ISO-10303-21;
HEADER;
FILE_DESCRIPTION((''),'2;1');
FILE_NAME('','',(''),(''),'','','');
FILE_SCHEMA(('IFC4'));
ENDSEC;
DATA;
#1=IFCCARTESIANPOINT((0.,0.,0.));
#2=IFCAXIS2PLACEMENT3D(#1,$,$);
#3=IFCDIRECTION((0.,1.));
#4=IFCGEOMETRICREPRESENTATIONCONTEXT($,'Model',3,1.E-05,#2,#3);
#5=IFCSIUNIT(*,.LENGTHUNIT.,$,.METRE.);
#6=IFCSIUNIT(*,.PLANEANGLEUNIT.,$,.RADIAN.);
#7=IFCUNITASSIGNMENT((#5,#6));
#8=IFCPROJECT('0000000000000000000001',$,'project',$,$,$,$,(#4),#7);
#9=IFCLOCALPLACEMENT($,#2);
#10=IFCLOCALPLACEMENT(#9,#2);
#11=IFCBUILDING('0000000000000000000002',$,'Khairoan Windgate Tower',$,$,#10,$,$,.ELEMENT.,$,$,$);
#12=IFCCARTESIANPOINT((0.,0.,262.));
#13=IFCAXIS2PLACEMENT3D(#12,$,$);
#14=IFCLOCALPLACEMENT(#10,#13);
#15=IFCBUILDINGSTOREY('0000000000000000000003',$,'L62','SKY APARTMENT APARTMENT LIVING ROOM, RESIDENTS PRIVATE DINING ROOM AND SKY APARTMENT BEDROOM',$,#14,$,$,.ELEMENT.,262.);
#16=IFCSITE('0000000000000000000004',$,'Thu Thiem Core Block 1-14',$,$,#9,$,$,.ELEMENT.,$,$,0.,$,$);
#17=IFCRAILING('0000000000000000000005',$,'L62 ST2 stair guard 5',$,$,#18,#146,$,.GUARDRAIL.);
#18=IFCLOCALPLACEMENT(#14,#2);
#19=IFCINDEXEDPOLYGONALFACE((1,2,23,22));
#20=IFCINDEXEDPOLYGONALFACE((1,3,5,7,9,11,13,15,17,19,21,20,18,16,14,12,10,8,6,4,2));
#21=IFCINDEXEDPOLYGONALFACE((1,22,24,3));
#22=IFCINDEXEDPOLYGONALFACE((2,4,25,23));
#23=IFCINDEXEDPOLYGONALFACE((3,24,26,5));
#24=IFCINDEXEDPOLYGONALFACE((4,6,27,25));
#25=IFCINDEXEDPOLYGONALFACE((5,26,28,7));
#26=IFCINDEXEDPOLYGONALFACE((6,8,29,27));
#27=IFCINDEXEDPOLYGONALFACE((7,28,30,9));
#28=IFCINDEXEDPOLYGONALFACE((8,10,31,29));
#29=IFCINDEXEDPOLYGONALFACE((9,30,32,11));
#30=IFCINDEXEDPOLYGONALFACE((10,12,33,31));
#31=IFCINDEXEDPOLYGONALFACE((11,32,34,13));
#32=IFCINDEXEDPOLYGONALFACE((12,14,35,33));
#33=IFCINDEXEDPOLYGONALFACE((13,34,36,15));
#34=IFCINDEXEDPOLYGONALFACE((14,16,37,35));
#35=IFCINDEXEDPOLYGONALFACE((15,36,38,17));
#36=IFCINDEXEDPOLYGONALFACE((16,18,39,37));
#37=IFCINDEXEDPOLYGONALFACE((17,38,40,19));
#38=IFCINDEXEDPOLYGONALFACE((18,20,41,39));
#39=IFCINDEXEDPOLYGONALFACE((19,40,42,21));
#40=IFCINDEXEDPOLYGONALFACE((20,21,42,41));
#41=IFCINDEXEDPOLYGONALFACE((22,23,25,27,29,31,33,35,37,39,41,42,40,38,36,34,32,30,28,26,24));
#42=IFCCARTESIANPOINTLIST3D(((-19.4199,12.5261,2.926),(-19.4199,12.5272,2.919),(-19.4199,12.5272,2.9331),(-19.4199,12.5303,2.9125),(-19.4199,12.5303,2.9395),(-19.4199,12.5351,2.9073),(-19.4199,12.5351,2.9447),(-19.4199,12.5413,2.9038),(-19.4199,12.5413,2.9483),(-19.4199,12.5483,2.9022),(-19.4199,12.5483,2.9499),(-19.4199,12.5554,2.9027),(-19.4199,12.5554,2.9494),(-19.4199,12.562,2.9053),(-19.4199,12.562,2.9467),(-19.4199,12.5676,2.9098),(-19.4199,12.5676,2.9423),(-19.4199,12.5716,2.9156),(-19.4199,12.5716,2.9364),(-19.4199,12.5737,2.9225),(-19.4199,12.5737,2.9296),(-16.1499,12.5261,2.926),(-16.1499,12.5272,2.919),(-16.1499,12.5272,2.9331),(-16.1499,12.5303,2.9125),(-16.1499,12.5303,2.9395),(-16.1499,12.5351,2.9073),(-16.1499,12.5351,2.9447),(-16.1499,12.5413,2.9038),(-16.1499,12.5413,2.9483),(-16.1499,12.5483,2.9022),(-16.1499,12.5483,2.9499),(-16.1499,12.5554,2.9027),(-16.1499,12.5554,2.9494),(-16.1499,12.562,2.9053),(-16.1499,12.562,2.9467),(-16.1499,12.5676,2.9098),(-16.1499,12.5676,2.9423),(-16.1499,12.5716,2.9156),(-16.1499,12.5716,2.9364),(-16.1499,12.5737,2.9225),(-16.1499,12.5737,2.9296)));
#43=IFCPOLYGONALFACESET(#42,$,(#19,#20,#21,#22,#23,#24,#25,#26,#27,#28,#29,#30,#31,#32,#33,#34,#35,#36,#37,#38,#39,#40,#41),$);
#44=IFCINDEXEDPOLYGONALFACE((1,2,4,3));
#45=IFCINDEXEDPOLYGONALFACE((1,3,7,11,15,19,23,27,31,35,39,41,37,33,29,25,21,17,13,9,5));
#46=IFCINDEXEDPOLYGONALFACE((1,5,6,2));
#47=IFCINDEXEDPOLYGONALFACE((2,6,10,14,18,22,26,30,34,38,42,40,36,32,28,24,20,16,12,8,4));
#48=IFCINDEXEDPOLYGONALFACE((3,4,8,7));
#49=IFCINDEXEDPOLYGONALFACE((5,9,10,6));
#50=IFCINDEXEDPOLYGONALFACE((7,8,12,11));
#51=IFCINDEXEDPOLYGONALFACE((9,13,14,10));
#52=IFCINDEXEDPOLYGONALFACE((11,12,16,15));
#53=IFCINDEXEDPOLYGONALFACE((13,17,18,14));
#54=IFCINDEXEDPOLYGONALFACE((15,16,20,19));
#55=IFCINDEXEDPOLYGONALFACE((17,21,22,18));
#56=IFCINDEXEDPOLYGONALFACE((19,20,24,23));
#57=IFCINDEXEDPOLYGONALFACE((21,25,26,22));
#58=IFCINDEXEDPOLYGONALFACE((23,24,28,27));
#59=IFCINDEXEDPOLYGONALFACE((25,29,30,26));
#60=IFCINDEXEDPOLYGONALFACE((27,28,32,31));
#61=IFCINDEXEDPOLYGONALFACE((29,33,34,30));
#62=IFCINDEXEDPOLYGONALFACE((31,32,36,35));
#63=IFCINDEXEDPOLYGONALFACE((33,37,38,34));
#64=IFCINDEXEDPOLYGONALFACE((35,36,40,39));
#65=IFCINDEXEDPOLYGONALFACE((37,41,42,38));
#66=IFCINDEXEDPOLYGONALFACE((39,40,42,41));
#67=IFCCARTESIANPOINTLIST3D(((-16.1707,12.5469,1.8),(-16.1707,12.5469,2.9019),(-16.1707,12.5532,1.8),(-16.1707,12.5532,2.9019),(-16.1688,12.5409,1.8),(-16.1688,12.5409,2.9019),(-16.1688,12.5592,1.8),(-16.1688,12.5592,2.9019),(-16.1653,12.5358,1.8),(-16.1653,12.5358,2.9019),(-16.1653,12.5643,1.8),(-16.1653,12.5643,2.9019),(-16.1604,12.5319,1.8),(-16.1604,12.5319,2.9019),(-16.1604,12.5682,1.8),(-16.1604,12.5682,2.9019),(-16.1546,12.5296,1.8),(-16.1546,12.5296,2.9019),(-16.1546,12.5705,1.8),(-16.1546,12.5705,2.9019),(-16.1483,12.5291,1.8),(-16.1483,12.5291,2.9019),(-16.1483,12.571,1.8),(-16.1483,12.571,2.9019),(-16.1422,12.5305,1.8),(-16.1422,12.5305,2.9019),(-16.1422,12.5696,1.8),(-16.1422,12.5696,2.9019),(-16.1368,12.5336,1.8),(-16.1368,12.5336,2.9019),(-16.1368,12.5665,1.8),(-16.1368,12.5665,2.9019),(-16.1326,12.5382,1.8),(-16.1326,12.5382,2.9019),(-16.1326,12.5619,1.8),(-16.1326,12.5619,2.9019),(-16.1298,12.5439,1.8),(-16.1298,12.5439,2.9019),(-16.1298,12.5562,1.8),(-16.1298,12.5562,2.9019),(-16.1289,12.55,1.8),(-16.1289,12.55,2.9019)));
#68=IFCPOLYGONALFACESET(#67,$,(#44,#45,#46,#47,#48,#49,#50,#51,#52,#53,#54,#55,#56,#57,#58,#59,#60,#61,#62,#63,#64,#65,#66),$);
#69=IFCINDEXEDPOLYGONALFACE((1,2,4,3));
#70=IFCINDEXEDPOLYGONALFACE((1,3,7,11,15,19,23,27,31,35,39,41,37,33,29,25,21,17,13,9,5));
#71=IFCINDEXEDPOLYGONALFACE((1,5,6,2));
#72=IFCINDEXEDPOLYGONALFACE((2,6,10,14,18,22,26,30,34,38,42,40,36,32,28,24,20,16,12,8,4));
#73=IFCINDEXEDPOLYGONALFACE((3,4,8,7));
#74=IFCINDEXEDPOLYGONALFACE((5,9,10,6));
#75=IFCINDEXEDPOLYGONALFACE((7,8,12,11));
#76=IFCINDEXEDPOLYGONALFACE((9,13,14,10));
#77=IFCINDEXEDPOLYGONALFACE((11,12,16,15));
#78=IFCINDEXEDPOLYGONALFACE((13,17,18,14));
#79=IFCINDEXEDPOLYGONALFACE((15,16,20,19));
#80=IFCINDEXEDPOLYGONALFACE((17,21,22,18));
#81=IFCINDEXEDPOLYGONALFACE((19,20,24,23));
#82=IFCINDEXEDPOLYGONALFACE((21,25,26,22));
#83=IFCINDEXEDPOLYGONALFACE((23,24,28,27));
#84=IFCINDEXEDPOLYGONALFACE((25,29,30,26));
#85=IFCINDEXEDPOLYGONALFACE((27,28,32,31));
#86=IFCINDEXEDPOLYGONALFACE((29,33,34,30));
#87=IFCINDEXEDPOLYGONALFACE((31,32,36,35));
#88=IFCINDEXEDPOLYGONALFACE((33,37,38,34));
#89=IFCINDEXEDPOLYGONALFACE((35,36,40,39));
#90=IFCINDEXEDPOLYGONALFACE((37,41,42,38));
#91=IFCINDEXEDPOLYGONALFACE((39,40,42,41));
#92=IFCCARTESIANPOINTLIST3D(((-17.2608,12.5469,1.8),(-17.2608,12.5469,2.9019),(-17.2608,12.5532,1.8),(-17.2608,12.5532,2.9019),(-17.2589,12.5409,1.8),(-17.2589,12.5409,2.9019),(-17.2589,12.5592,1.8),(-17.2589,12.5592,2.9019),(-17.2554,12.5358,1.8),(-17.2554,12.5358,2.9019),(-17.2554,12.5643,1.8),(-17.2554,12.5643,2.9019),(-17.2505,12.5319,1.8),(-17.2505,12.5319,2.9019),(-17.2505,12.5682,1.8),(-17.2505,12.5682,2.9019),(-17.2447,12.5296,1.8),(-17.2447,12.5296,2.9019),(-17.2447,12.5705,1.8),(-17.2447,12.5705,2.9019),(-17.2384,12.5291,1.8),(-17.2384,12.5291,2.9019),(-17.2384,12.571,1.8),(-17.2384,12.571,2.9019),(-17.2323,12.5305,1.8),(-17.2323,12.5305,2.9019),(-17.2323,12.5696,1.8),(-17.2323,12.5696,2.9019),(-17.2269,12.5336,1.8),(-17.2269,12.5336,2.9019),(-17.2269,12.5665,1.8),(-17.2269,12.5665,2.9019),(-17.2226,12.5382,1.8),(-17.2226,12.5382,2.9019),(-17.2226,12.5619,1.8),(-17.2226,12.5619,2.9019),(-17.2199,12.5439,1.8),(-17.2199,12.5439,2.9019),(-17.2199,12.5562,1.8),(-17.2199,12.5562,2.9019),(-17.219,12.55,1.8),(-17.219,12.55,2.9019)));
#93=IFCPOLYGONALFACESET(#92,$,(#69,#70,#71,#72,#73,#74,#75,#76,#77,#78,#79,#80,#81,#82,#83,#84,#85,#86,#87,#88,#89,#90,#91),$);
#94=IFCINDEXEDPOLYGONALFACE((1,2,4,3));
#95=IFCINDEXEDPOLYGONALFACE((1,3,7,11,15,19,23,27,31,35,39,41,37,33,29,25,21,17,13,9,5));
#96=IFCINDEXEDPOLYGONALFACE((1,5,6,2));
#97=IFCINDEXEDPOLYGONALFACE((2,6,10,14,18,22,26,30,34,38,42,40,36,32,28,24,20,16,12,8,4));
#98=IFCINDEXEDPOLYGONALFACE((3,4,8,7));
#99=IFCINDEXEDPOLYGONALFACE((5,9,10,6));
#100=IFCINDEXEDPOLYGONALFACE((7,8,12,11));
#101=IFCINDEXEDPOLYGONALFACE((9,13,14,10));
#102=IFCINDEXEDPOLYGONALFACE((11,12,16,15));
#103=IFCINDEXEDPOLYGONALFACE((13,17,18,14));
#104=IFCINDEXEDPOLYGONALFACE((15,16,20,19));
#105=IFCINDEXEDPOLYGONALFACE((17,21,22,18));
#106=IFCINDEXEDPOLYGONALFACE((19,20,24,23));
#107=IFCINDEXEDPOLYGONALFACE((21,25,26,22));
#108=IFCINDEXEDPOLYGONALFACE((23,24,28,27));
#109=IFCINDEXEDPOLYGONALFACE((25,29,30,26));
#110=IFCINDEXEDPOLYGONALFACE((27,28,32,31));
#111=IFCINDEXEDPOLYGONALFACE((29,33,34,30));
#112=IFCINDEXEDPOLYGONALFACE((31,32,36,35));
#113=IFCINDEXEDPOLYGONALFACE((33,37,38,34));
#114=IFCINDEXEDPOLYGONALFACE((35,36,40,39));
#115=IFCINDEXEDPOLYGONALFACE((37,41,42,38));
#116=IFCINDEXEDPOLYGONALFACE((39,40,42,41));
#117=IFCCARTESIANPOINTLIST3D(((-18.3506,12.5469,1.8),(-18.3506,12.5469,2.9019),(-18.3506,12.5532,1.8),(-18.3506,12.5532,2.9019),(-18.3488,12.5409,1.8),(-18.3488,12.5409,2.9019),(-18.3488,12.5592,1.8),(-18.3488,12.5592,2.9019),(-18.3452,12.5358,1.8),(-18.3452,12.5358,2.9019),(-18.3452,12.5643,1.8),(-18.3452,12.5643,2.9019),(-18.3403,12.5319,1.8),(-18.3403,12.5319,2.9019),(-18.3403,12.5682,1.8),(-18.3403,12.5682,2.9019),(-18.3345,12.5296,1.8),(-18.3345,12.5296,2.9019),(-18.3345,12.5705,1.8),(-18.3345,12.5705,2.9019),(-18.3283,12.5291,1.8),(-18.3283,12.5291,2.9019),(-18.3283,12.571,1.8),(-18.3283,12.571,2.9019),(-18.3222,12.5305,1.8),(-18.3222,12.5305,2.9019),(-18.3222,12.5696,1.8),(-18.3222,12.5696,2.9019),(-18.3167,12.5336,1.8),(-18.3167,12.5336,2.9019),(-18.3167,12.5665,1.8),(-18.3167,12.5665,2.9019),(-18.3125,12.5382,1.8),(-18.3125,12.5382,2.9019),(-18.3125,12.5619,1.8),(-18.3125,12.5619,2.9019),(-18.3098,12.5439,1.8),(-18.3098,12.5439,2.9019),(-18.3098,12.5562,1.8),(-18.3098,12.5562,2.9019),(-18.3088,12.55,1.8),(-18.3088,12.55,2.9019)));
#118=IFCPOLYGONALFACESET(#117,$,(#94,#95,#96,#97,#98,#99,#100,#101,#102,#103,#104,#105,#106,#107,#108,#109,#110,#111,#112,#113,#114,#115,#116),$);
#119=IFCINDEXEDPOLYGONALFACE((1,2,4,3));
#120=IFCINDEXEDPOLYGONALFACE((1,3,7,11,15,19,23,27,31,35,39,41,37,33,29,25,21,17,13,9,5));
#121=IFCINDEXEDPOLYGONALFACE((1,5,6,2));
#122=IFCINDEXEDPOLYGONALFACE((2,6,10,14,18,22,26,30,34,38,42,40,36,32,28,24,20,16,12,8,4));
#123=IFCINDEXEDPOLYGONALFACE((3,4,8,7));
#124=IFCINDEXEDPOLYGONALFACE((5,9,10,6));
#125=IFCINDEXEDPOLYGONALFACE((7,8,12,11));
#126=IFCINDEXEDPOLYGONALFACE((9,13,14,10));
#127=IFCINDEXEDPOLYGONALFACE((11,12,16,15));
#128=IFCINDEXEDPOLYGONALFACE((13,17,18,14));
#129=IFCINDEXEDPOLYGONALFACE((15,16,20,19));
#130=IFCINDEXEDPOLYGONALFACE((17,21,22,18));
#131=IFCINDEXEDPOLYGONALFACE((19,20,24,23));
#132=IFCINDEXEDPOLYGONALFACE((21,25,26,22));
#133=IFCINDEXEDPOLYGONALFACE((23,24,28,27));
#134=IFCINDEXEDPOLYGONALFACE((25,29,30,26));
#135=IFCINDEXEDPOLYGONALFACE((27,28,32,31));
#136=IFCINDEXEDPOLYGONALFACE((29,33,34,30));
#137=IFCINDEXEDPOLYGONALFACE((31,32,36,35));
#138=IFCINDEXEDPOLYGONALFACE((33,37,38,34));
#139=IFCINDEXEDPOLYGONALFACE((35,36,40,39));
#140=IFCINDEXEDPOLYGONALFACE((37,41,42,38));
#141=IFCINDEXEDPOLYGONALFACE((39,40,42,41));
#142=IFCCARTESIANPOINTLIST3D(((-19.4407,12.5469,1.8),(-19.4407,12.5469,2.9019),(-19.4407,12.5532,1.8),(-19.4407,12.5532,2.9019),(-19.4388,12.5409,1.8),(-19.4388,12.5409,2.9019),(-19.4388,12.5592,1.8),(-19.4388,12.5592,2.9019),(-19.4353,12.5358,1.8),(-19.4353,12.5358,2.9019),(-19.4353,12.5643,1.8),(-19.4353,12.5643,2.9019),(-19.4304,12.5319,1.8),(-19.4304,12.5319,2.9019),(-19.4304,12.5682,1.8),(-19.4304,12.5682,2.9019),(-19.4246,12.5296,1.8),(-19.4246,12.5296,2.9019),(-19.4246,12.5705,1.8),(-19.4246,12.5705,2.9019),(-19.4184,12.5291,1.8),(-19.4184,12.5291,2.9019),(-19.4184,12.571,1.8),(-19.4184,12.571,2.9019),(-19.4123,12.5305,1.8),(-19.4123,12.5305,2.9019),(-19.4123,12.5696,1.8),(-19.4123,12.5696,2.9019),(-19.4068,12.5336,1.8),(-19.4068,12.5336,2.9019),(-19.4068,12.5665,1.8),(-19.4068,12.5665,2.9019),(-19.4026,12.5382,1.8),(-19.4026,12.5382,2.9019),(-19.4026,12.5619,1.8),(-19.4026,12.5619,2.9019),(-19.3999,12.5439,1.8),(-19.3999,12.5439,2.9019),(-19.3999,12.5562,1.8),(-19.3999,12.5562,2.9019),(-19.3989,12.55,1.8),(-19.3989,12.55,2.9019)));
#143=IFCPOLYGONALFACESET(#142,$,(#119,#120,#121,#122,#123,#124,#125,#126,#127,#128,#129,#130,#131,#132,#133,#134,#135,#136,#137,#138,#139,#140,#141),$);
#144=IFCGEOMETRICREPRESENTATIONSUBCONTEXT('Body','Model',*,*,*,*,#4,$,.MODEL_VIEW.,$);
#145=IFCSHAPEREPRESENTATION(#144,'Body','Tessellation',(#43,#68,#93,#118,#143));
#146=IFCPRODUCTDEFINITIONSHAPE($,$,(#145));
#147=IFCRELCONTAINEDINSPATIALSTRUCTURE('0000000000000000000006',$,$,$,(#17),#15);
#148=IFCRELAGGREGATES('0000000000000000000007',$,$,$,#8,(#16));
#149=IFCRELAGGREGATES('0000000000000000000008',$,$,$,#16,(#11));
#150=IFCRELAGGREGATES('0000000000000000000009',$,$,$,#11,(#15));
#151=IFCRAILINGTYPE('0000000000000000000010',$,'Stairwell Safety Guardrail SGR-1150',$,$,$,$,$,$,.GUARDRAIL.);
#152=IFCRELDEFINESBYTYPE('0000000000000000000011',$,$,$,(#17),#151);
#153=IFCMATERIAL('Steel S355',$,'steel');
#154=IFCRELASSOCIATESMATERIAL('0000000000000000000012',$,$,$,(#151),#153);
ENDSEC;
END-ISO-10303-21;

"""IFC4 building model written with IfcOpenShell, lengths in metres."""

from ifc_helpers import new_model, si_unit, direction, frame, origin, origin_2d, place, context, subcontext, project, spatial, circle, extrude, material, type_object, element, save


model = new_model("IFC4")

# Units and contexts
model_context = context("Model", 3, precision=1e-05, world=origin(), true_north=direction((0.0, 1.0)))
body_context = subcontext(model_context, "Body", "Model", "MODEL_VIEW")
ifc_project = project(units=[si_unit("LENGTHUNIT", "METRE"), si_unit("PLANEANGLEUNIT", "RADIAN")], contexts=[model_context])

# Site, building, storey
site_placement = place(None, origin())
site = spatial("IfcSite", under=ifc_project, at=site_placement, Name="Thu Thiem Core Block 1-14", CompositionType="ELEMENT", RefElevation=0.0)
building_placement = place(site_placement, origin())
building = spatial("IfcBuilding", under=site, at=building_placement, Name="Khairoan Windgate Tower", CompositionType="ELEMENT")
storey_placement = place(building_placement, frame((0.0, 0.0, 262.0)))
storey = spatial("IfcBuildingStorey", under=building, at=storey_placement, Name="L62", Description="SKY APARTMENT APARTMENT LIVING ROOM, RESIDENTS PRIVATE DINING ROOM AND SKY APARTMENT BEDROOM", CompositionType="ELEMENT", Elevation=262.0)

# Railing
ifc_material_1 = material(Name="Steel S355", Category="steel")
railing_type = type_object("IfcRailingType", Name="Stairwell Safety Guardrail SGR-1150", PredefinedType="GUARDRAIL", material=ifc_material_1)
railing_1_placement = place(storey_placement, frame((-16.1499, 12.55, 1.8)))
element("IfcRailing", 1, at=railing_1_placement, inside=storey, type_object=railing_type, Name="L62 ST2 stair guard 5", PredefinedType="GUARDRAIL", context=body_context, shape_type="SweptSolid", body=[
    extrude(circle(Radius=0.0239, at=origin_2d()), frame((0.0, 0.0, 1.126), z_axis=(-1.0, 0.0, 0.0), x_axis=(0.0, -1.0, 0.0)), (0.0, 0.0, 1.0), 3.27),
    extrude(circle(Radius=0.021, at=origin_2d()), origin(), (0.0, 0.0, 1.0), 1.1018),
    extrude(circle(Radius=0.021, at=origin_2d()), frame((-1.0901, 0.0, 0.0)), (0.0, 0.0, 1.0), 1.1018),
    extrude(circle(Radius=0.021, at=origin_2d()), frame((-2.1799, 0.0, 0.0)), (0.0, 0.0, 1.0), 1.1018),
    extrude(circle(Radius=0.021, at=origin_2d()), frame((-3.27, 0.0, 0.0)), (0.0, 0.0, 1.0), 1.1018),
])

save(model, "model.ifc")
